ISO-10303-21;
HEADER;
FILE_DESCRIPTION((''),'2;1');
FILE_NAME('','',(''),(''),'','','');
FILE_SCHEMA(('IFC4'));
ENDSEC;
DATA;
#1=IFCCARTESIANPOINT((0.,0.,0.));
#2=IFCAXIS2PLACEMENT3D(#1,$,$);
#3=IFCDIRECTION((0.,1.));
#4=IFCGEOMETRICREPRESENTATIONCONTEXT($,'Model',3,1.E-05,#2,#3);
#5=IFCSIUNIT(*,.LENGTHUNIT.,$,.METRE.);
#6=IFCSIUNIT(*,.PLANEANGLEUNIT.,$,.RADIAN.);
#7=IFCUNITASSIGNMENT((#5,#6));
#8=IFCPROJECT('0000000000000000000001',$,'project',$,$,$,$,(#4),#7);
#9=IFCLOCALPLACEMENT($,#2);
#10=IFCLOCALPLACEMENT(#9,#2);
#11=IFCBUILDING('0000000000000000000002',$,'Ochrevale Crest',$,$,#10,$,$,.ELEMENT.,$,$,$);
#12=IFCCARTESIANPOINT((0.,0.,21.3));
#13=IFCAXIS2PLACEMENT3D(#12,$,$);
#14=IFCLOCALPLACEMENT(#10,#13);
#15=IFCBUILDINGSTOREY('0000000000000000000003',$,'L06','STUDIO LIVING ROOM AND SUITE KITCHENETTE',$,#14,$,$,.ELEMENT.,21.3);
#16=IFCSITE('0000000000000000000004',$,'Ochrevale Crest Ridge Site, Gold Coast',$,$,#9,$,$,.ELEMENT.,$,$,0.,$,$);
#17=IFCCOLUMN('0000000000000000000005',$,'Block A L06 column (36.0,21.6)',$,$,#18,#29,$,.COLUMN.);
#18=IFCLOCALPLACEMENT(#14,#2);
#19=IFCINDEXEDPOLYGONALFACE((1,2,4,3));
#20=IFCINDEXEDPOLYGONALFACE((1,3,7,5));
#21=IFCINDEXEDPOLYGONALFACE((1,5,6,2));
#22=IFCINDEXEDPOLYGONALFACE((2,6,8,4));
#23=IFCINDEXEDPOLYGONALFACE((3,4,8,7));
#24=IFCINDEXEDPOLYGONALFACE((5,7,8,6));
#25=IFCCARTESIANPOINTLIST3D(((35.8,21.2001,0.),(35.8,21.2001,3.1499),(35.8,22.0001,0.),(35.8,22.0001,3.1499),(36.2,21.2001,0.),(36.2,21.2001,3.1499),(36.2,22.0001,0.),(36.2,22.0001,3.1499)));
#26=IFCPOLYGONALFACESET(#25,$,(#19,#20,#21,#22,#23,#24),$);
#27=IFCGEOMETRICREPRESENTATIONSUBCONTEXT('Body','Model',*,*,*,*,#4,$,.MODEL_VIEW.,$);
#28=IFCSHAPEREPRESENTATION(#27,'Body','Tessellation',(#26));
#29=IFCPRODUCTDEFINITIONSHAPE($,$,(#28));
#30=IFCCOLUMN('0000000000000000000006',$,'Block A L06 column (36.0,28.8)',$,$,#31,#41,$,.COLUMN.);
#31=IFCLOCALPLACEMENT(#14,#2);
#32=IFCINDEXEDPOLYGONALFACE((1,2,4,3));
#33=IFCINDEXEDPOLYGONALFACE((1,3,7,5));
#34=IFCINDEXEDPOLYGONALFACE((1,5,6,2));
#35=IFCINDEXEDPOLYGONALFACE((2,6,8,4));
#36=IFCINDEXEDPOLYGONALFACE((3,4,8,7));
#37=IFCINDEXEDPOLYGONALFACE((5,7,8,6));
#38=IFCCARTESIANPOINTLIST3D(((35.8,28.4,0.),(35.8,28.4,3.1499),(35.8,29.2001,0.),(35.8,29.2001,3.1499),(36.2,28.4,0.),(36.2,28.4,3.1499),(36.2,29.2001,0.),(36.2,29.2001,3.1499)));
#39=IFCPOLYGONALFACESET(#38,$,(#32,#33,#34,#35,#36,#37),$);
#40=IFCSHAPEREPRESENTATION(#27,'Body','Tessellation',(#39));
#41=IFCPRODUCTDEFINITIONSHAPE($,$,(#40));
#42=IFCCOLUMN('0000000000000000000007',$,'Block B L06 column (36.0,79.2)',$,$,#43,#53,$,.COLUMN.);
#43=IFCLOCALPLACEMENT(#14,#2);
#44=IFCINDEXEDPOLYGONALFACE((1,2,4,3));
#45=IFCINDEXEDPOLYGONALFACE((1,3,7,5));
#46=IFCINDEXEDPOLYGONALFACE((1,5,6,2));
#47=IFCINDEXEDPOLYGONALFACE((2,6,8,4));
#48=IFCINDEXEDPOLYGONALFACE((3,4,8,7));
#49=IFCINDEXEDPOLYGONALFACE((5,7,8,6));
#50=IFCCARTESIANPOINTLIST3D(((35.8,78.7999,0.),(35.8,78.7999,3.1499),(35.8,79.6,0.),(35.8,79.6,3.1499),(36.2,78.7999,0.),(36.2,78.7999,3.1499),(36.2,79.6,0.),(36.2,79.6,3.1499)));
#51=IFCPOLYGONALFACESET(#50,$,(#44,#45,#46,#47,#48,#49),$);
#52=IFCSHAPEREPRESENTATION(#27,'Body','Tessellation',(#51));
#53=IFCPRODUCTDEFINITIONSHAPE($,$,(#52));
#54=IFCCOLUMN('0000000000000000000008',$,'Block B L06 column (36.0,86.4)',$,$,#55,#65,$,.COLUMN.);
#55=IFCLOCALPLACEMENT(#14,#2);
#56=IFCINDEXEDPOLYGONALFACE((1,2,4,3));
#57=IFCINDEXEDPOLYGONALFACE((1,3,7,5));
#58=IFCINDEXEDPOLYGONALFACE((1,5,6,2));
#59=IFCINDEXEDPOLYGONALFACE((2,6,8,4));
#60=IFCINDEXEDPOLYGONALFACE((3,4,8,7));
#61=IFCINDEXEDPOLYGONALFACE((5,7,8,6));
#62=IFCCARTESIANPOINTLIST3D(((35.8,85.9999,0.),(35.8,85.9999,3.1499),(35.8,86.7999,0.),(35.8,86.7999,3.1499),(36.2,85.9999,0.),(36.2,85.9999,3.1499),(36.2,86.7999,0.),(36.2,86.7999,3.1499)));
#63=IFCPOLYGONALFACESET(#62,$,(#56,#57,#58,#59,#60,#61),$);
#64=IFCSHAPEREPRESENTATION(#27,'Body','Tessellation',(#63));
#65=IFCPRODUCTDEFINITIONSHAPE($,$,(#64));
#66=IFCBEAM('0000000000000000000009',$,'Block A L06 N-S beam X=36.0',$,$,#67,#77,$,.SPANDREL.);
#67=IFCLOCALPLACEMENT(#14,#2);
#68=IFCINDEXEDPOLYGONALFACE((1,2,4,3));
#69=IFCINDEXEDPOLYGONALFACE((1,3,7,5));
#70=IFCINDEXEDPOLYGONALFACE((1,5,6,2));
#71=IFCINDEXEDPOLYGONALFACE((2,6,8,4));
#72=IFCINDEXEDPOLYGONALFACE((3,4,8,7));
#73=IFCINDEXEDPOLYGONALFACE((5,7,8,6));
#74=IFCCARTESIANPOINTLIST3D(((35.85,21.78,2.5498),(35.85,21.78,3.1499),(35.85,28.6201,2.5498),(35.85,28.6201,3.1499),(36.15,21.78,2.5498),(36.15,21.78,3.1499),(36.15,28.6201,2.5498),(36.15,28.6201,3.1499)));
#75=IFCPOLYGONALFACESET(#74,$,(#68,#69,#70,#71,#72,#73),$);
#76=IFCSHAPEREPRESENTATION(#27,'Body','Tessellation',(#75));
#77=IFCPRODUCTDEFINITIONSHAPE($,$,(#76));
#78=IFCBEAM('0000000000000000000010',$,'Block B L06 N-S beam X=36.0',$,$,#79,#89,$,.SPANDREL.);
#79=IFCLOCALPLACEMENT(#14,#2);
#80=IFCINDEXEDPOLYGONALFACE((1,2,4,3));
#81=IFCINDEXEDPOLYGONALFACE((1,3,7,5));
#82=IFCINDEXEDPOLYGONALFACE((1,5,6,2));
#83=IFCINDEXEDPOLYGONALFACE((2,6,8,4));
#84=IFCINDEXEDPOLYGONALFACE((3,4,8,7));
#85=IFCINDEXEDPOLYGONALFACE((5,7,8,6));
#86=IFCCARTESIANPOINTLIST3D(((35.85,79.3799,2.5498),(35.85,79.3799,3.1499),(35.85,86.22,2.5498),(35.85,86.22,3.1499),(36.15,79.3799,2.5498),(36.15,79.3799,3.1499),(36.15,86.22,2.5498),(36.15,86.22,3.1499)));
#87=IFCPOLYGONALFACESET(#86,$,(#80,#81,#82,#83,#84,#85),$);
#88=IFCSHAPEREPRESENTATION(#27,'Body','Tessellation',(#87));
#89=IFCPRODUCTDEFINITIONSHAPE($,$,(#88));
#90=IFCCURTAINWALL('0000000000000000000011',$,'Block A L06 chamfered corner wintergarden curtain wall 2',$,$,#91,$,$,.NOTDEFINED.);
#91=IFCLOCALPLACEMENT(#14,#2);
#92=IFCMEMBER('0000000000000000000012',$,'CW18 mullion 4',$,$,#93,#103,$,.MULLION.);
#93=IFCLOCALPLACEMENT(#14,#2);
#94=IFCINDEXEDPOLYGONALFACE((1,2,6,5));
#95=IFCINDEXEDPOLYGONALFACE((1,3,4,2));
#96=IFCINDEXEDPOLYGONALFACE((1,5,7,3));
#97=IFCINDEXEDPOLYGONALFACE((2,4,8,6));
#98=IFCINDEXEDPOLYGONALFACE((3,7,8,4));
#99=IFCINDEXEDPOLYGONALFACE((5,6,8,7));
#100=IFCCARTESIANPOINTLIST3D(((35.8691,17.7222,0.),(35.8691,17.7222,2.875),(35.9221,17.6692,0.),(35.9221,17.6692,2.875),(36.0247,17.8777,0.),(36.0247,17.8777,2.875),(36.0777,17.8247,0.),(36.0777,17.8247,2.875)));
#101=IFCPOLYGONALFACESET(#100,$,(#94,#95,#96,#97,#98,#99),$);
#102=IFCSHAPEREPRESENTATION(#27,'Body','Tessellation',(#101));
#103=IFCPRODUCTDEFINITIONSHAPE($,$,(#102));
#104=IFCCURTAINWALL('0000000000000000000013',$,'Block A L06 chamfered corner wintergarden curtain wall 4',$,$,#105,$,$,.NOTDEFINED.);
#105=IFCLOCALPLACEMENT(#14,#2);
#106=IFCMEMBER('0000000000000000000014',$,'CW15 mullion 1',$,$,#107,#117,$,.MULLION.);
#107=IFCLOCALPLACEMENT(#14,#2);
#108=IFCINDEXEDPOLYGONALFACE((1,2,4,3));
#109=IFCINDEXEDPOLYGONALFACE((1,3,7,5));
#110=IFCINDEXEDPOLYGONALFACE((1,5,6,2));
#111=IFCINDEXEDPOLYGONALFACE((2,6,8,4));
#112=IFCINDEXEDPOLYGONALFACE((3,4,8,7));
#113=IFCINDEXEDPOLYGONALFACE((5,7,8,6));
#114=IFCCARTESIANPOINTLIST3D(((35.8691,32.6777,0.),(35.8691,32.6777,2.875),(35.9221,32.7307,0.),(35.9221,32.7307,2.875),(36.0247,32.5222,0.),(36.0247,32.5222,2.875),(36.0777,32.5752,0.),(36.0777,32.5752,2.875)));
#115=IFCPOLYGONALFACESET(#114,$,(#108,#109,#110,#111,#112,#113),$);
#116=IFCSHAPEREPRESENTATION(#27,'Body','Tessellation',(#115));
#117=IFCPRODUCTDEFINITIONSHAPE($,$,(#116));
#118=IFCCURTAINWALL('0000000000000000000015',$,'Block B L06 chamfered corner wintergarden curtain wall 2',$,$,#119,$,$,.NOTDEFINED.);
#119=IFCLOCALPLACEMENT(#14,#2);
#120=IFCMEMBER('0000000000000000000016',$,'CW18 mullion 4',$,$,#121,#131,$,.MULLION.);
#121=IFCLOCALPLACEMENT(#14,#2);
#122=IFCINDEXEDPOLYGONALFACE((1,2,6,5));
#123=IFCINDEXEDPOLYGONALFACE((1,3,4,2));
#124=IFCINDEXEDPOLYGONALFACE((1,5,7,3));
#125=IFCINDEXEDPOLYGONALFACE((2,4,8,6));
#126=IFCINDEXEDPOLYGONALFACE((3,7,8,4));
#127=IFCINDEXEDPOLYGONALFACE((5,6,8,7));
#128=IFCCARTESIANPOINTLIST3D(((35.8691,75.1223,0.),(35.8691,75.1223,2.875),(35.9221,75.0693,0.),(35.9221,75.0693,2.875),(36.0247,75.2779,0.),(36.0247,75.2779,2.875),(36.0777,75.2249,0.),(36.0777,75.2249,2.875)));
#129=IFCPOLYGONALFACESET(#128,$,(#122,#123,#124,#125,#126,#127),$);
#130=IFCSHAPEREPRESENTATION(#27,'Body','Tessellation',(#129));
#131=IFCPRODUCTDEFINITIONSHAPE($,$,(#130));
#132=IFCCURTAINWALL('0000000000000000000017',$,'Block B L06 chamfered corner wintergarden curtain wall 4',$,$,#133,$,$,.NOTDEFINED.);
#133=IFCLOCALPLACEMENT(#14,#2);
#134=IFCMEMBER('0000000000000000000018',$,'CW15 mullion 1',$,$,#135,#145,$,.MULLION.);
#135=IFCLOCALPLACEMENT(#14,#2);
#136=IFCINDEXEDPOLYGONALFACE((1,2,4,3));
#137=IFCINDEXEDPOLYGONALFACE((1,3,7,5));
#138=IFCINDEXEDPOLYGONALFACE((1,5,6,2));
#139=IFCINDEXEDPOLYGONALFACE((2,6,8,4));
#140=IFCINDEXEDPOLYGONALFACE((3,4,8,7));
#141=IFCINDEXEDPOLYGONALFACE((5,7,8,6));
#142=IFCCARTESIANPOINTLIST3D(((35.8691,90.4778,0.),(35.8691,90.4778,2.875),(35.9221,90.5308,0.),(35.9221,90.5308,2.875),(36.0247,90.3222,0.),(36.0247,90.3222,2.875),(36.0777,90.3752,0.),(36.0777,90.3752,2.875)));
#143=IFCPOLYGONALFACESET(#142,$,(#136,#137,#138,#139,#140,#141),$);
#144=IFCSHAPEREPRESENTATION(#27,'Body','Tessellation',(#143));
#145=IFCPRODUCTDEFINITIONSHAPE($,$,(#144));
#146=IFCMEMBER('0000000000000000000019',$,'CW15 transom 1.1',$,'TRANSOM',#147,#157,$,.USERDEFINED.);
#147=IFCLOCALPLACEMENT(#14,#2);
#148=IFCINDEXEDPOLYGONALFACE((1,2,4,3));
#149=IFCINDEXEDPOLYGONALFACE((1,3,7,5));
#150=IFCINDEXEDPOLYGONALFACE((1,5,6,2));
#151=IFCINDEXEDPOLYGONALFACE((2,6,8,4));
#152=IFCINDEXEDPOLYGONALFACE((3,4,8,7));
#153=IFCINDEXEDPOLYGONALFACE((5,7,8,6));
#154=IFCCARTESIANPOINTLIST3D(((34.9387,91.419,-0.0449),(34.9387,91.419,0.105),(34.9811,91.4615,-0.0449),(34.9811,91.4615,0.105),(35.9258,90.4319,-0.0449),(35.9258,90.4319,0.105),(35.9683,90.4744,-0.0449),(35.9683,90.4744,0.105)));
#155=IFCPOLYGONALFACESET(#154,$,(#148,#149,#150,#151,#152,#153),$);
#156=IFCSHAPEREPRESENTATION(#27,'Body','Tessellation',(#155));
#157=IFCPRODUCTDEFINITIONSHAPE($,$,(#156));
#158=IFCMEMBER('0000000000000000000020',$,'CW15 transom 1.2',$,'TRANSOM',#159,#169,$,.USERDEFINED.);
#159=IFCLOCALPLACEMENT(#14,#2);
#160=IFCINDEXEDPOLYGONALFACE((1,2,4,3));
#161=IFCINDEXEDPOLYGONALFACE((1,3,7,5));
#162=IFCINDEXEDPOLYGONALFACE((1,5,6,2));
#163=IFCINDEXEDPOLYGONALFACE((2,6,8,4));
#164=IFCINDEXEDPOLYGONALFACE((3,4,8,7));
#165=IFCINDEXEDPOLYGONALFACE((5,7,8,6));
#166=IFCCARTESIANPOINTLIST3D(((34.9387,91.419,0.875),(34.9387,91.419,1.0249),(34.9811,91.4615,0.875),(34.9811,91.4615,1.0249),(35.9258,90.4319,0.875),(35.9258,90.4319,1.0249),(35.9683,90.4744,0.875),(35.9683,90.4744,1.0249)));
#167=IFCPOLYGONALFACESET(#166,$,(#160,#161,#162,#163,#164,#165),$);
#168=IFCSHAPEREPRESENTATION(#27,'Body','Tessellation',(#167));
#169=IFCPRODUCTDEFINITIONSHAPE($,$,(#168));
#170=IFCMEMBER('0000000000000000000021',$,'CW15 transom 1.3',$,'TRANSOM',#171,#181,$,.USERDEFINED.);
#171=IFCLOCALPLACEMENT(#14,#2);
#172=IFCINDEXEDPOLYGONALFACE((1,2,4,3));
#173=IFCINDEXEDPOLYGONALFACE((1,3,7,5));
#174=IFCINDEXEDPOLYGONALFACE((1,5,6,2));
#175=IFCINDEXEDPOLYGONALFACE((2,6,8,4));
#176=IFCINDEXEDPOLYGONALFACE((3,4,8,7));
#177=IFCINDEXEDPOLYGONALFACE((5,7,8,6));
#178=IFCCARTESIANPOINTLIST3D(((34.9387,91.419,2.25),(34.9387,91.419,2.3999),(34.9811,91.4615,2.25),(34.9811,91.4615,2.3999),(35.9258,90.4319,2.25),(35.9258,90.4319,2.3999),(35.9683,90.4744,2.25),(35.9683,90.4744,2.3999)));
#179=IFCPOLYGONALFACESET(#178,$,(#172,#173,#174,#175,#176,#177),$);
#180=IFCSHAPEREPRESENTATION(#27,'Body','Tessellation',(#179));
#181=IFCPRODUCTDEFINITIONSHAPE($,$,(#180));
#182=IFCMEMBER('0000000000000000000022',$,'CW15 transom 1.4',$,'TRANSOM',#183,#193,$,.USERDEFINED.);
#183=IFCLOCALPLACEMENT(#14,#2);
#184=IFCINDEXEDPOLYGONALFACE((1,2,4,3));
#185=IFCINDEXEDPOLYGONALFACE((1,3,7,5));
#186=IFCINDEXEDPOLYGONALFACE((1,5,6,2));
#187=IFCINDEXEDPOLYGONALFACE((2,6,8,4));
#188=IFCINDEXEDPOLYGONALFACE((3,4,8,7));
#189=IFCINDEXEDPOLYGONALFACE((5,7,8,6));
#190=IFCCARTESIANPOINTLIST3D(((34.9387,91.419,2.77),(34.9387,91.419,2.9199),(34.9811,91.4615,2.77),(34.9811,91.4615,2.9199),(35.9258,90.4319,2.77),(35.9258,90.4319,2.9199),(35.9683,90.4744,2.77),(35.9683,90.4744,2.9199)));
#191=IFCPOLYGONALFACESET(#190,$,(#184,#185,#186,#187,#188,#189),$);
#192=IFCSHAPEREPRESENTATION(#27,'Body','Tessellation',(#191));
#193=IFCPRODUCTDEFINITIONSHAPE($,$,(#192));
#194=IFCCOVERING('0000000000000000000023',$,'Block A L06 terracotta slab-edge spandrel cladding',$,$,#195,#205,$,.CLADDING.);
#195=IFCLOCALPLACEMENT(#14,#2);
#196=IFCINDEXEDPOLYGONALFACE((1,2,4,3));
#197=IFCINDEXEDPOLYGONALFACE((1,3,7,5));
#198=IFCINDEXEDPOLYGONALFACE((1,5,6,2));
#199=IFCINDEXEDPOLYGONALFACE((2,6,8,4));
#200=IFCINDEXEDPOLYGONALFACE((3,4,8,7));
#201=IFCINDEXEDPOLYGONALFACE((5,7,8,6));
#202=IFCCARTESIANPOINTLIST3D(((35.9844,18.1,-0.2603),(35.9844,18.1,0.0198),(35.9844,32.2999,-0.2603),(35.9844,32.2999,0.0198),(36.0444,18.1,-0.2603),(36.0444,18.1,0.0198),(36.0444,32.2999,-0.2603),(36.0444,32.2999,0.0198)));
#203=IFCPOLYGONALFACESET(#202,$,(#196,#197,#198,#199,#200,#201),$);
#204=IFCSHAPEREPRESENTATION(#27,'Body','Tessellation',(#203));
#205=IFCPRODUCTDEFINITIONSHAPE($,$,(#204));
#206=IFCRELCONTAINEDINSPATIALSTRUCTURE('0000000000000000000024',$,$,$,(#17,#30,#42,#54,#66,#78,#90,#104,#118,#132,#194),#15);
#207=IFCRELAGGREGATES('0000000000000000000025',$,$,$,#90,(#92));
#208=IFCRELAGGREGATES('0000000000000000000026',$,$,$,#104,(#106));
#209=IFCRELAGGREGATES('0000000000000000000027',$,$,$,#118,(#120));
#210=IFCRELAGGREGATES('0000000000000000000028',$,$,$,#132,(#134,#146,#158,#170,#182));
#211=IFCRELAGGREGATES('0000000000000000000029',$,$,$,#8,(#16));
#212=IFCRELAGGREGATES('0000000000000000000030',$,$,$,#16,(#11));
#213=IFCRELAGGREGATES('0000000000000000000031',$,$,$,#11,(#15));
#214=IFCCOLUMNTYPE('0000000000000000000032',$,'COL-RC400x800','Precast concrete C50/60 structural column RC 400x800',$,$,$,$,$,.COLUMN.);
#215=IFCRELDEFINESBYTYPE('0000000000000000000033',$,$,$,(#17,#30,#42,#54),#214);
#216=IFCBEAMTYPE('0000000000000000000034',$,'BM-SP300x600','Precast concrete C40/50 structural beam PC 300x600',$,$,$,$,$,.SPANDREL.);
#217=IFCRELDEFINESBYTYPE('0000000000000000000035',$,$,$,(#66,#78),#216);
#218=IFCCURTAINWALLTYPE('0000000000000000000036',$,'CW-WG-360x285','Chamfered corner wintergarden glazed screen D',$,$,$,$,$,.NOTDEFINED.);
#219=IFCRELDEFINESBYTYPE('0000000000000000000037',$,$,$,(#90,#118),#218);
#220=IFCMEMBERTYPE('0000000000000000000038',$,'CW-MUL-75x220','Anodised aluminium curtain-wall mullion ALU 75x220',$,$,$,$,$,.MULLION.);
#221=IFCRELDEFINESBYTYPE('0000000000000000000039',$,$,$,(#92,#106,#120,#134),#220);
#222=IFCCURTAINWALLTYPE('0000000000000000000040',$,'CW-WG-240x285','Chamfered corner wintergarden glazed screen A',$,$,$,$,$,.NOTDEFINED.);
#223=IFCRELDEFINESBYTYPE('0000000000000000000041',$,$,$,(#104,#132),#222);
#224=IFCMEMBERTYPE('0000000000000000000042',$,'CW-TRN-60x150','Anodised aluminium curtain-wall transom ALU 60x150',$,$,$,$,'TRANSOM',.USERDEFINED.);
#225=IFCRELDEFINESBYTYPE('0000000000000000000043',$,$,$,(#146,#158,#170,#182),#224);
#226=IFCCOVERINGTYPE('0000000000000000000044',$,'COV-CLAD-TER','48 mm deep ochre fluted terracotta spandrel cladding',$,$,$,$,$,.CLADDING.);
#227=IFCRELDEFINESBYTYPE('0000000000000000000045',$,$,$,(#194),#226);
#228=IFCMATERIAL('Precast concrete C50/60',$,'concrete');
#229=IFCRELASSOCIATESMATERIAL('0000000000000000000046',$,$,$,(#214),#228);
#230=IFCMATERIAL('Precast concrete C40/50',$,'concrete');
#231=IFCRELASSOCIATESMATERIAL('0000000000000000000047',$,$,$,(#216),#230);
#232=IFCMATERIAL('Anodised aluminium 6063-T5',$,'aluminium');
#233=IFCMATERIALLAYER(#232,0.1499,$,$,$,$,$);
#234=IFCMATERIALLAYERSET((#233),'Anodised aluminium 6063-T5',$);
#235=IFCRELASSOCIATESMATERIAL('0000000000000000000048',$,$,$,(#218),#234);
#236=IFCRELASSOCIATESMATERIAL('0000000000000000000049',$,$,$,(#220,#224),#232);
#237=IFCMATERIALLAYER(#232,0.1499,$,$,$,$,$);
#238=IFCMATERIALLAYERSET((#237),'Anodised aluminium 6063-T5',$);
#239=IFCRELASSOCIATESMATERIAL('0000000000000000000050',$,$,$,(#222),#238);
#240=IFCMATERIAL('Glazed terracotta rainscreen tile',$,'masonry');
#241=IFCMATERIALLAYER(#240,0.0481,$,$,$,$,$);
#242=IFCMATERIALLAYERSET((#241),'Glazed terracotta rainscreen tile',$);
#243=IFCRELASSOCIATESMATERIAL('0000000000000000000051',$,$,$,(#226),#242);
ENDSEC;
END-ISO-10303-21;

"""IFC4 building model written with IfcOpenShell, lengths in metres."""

from ifc_helpers import new_model, si_unit, direction, frame, origin, origin_2d, place, context, subcontext, project, spatial, rectangle, extrude, material, layer, layer_set, material_profile, profile_set, type_object, element, aggregate, save


model = new_model("IFC4")

# Units and contexts
model_context = context("Model", 3, precision=1e-05, world=origin(), true_north=direction((0.0, 1.0)))
body_context = subcontext(model_context, "Body", "Model", "MODEL_VIEW")
ifc_project = project(units=[si_unit("LENGTHUNIT", "METRE"), si_unit("PLANEANGLEUNIT", "RADIAN")], contexts=[model_context])

# Site, building, storey
site_placement = place(None, origin())
site = spatial("IfcSite", under=ifc_project, at=site_placement, Name="Ochrevale Crest Ridge Site, Gold Coast", CompositionType="ELEMENT", RefElevation=0.0)
building_placement = place(site_placement, origin())
building = spatial("IfcBuilding", under=site, at=building_placement, Name="Ochrevale Crest", CompositionType="ELEMENT")
storey_placement = place(building_placement, frame((0.0, 0.0, 21.3)))
storey = spatial("IfcBuildingStorey", under=building, at=storey_placement, Name="L06", Description="STUDIO LIVING ROOM AND SUITE KITCHENETTE", CompositionType="ELEMENT", Elevation=21.3)

# Columns
ifc_material_1 = material(Name="Precast concrete C50/60", Category="concrete")
ifc_material_profile_1 = material_profile(ifc_material_1, rectangle(XDim=0.3999, YDim=0.8, at=origin_2d()), Name="RC 400x800")
ifc_profile_set_1 = profile_set([ifc_material_profile_1], Name="Precast concrete C50/60")
column_type = type_object("IfcColumnType", Name="COL-RC400x800", Description="Precast concrete C50/60 structural column RC 400x800", PredefinedType="COLUMN", material=ifc_profile_set_1)
for number, where, z_axis, x_axis, name in (
    (1, (36.0, 21.6001, 0.0), (0.0, 0.0, 1.0), (1.0, 0.0, 0.0), "Block A L06 column (36.0,21.6)"),
    (2, (36.0, 28.8, 0.0), (0.0, 0.0, 1.0), (1.0, 0.0, 0.0), "Block A L06 column (36.0,28.8)"),
    (3, (36.0, 79.2, 0.0), (0.0, 0.0, 1.0), (1.0, 0.0, 0.0), "Block B L06 column (36.0,79.2)"),
    (4, (36.0, 86.3999, 0.0), (0.0, 0.0, 1.0), (1.0, 0.0, 0.0), "Block B L06 column (36.0,86.4)"),
):
    element("IfcColumn", number, at=place(storey_placement, frame(where, z_axis=z_axis, x_axis=x_axis)), inside=storey, type_object=column_type, Name=name, PredefinedType="COLUMN", context=body_context, shape_type="SweptSolid", body=[
        extrude(rectangle(XDim=0.3999, YDim=0.8, at=origin_2d()), origin(), (0.0, 0.0, 1.0), 3.1499),
    ])

# Beams
ifc_material_2 = material(Name="Precast concrete C40/50", Category="concrete")
ifc_material_profile_2 = material_profile(ifc_material_2, rectangle(XDim=0.3, YDim=0.6001, at=origin_2d()), Name="PC 300x600")
ifc_profile_set_2 = profile_set([ifc_material_profile_2], Name="Precast concrete C40/50")
beam_type = type_object("IfcBeamType", Name="BM-SP300x600", Description="Precast concrete C40/50 structural beam PC 300x600", PredefinedType="SPANDREL", material=ifc_profile_set_2)
for number, where, z_axis, x_axis, name in (
    (5, (36.0, 21.78, 2.8499), (0.0, 1.0, 0.0), (-1.0, 0.0, 0.0), "Block A L06 N-S beam X=36.0"),
    (6, (36.0, 79.3799, 2.8499), (0.0, 1.0, 0.0), (-1.0, 0.0, 0.0), "Block B L06 N-S beam X=36.0"),
):
    element("IfcBeam", number, at=place(storey_placement, frame(where, z_axis=z_axis, x_axis=x_axis)), inside=storey, type_object=beam_type, Name=name, PredefinedType="SPANDREL", context=body_context, shape_type="SweptSolid", body=[
        extrude(rectangle(XDim=0.3, YDim=0.6001, at=origin_2d()), origin(), (0.0, 0.0, 1.0), 6.8401),
    ])

# Curtain walls, members
ifc_material_3 = material(Name="Anodised aluminium 6063-T5", Category="aluminium")
ifc_layer_1 = layer(ifc_material_3, 0.1499)
ifc_layer_set_1 = layer_set([ifc_layer_1], Name="Anodised aluminium 6063-T5")
curtain_wall_type_1 = type_object("IfcCurtainWallType", Name="CW-WG-360x285", Description="Chamfered corner wintergarden glazed screen D", PredefinedType="NOTDEFINED", material=ifc_layer_set_1)
curtain_wall_1_placement = place(storey_placement, origin())
curtain_wall_1 = element("IfcCurtainWall", 7, at=curtain_wall_1_placement, inside=storey, type_object=curtain_wall_type_1, Name="Block A L06 chamfered corner wintergarden curtain wall 2", PredefinedType="NOTDEFINED")
ifc_material_profile_3 = material_profile(ifc_material_3, rectangle(XDim=0.075, YDim=0.22, at=origin_2d()), Name="ALU 75x220")
ifc_profile_set_3 = profile_set([ifc_material_profile_3], Name="Anodised aluminium 6063-T5")
member_type_1 = type_object("IfcMemberType", Name="CW-MUL-75x220", Description="Anodised aluminium curtain-wall mullion ALU 75x220", PredefinedType="MULLION", material=ifc_profile_set_3)
member_1_placement = place(storey_placement, frame((35.9734, 17.7734, 0.0), z_axis=(0.0, 0.0, 1.0), x_axis=(-0.707107, 0.707107, 0.0)))
member_1 = element("IfcMember", 8, at=member_1_placement, type_object=member_type_1, Name="CW18 mullion 4", PredefinedType="MULLION", context=body_context, shape_type="SweptSolid", body=[
    extrude(rectangle(XDim=0.075, YDim=0.22, at=origin_2d()), origin(), (0.0, 0.0, 1.0), 2.875),
])
aggregate(curtain_wall_1, [member_1])
ifc_layer_2 = layer(ifc_material_3, 0.1499)
ifc_layer_set_2 = layer_set([ifc_layer_2], Name="Anodised aluminium 6063-T5")
curtain_wall_type_2 = type_object("IfcCurtainWallType", Name="CW-WG-240x285", Description="Chamfered corner wintergarden glazed screen A", PredefinedType="NOTDEFINED", material=ifc_layer_set_2)
curtain_wall_2_placement = place(storey_placement, origin())
curtain_wall_2 = element("IfcCurtainWall", 9, at=curtain_wall_2_placement, inside=storey, type_object=curtain_wall_type_2, Name="Block A L06 chamfered corner wintergarden curtain wall 4", PredefinedType="NOTDEFINED")
member_2_placement = place(storey_placement, frame((35.9734, 32.6265, 0.0), z_axis=(0.0, 0.0, 1.0), x_axis=(-0.707107, -0.707107, 0.0)))
member_2 = element("IfcMember", 10, at=member_2_placement, type_object=member_type_1, Name="CW15 mullion 1", PredefinedType="MULLION", context=body_context, shape_type="SweptSolid", body=[
    extrude(rectangle(XDim=0.075, YDim=0.22, at=origin_2d()), origin(), (0.0, 0.0, 1.0), 2.875),
])
aggregate(curtain_wall_2, [member_2])
curtain_wall_3_placement = place(storey_placement, origin())
curtain_wall_3 = element("IfcCurtainWall", 11, at=curtain_wall_3_placement, inside=storey, type_object=curtain_wall_type_1, Name="Block B L06 chamfered corner wintergarden curtain wall 2", PredefinedType="NOTDEFINED")
member_3_placement = place(storey_placement, frame((35.9734, 75.1736, 0.0), z_axis=(0.0, 0.0, 1.0), x_axis=(-0.707107, 0.707107, 0.0)))
member_3 = element("IfcMember", 12, at=member_3_placement, type_object=member_type_1, Name="CW18 mullion 4", PredefinedType="MULLION", context=body_context, shape_type="SweptSolid", body=[
    extrude(rectangle(XDim=0.075, YDim=0.22, at=origin_2d()), origin(), (0.0, 0.0, 1.0), 2.875),
])
aggregate(curtain_wall_3, [member_3])

# Curtain wall, members
curtain_wall_4_placement = place(storey_placement, origin())
curtain_wall_4 = element("IfcCurtainWall", 13, at=curtain_wall_4_placement, inside=storey, type_object=curtain_wall_type_2, Name="Block B L06 chamfered corner wintergarden curtain wall 4", PredefinedType="NOTDEFINED")
member_4_placement = place(storey_placement, frame((35.9734, 90.4265, 0.0), z_axis=(0.0, 0.0, 1.0), x_axis=(-0.707107, -0.707107, 0.0)))
member_4 = element("IfcMember", 14, at=member_4_placement, type_object=member_type_1, Name="CW15 mullion 1", PredefinedType="MULLION", context=body_context, shape_type="SweptSolid", body=[
    extrude(rectangle(XDim=0.075, YDim=0.22, at=origin_2d()), origin(), (0.0, 0.0, 1.0), 2.875),
])
ifc_material_profile_4 = material_profile(ifc_material_3, rectangle(XDim=0.0601, YDim=0.1499, at=origin_2d()), Name="ALU 60x150")
ifc_profile_set_4 = profile_set([ifc_material_profile_4], Name="Anodised aluminium 6063-T5")
member_type_2 = type_object("IfcMemberType", Name="CW-TRN-60x150", Description="Anodised aluminium curtain-wall transom ALU 60x150", ElementType="TRANSOM", PredefinedType="USERDEFINED", material=ifc_profile_set_4)
member_5_placement = place(storey_placement, frame((35.947, 90.4531, 0.03), z_axis=(-0.707107, 0.707107, 0.0), x_axis=(-0.707107, -0.707107, 0.0)))
member_5 = element("IfcMember", 15, at=member_5_placement, type_object=member_type_2, Name="CW15 transom 1.1", ObjectType="TRANSOM", PredefinedType="USERDEFINED", context=body_context, shape_type="SweptSolid", body=[
    extrude(rectangle(XDim=0.0601, YDim=0.1499, at=origin_2d()), origin(), (0.0, 0.0, 1.0), 1.396),
])
member_6_placement = place(storey_placement, frame((35.947, 90.4531, 0.95), z_axis=(-0.707107, 0.707107, 0.0), x_axis=(-0.707107, -0.707107, 0.0)))
member_6 = element("IfcMember", 16, at=member_6_placement, type_object=member_type_2, Name="CW15 transom 1.2", ObjectType="TRANSOM", PredefinedType="USERDEFINED", context=body_context, shape_type="SweptSolid", body=[
    extrude(rectangle(XDim=0.0601, YDim=0.1499, at=origin_2d()), origin(), (0.0, 0.0, 1.0), 1.396),
])
member_7_placement = place(storey_placement, frame((35.947, 90.4531, 2.325), z_axis=(-0.707107, 0.707107, 0.0), x_axis=(-0.707107, -0.707107, 0.0)))
member_7 = element("IfcMember", 17, at=member_7_placement, type_object=member_type_2, Name="CW15 transom 1.3", ObjectType="TRANSOM", PredefinedType="USERDEFINED", context=body_context, shape_type="SweptSolid", body=[
    extrude(rectangle(XDim=0.0601, YDim=0.1499, at=origin_2d()), origin(), (0.0, 0.0, 1.0), 1.396),
])
member_8_placement = place(storey_placement, frame((35.947, 90.4531, 2.845), z_axis=(-0.707107, 0.707107, 0.0), x_axis=(-0.707107, -0.707107, 0.0)))
member_8 = element("IfcMember", 18, at=member_8_placement, type_object=member_type_2, Name="CW15 transom 1.4", ObjectType="TRANSOM", PredefinedType="USERDEFINED", context=body_context, shape_type="SweptSolid", body=[
    extrude(rectangle(XDim=0.0601, YDim=0.1499, at=origin_2d()), origin(), (0.0, 0.0, 1.0), 1.396),
])
aggregate(curtain_wall_4, [member_4, member_5, member_6, member_7, member_8])

# Covering
ifc_material_4 = material(Name="Glazed terracotta rainscreen tile", Category="masonry")
ifc_layer_3 = layer(ifc_material_4, 0.0481)
ifc_layer_set_3 = layer_set([ifc_layer_3], Name="Glazed terracotta rainscreen tile")
covering_type = type_object("IfcCoveringType", Name="COV-CLAD-TER", Description="48 mm deep ochre fluted terracotta spandrel cladding", PredefinedType="CLADDING", material=ifc_layer_set_3)
covering_1_placement = place(storey_placement, frame((36.0144, 25.2, -0.2603), z_axis=(0.0, 0.0, 1.0), x_axis=(0.0, 1.0, 0.0)))
element("IfcCovering", 19, at=covering_1_placement, inside=storey, type_object=covering_type, Name="Block A L06 terracotta slab-edge spandrel cladding", PredefinedType="CLADDING", context=body_context, shape_type="SweptSolid", body=[
    extrude(rectangle(XDim=14.2, YDim=0.0601, at=origin_2d()), origin(), (0.0, 0.0, 1.0), 0.28),
])

save(model, "model.ifc")
